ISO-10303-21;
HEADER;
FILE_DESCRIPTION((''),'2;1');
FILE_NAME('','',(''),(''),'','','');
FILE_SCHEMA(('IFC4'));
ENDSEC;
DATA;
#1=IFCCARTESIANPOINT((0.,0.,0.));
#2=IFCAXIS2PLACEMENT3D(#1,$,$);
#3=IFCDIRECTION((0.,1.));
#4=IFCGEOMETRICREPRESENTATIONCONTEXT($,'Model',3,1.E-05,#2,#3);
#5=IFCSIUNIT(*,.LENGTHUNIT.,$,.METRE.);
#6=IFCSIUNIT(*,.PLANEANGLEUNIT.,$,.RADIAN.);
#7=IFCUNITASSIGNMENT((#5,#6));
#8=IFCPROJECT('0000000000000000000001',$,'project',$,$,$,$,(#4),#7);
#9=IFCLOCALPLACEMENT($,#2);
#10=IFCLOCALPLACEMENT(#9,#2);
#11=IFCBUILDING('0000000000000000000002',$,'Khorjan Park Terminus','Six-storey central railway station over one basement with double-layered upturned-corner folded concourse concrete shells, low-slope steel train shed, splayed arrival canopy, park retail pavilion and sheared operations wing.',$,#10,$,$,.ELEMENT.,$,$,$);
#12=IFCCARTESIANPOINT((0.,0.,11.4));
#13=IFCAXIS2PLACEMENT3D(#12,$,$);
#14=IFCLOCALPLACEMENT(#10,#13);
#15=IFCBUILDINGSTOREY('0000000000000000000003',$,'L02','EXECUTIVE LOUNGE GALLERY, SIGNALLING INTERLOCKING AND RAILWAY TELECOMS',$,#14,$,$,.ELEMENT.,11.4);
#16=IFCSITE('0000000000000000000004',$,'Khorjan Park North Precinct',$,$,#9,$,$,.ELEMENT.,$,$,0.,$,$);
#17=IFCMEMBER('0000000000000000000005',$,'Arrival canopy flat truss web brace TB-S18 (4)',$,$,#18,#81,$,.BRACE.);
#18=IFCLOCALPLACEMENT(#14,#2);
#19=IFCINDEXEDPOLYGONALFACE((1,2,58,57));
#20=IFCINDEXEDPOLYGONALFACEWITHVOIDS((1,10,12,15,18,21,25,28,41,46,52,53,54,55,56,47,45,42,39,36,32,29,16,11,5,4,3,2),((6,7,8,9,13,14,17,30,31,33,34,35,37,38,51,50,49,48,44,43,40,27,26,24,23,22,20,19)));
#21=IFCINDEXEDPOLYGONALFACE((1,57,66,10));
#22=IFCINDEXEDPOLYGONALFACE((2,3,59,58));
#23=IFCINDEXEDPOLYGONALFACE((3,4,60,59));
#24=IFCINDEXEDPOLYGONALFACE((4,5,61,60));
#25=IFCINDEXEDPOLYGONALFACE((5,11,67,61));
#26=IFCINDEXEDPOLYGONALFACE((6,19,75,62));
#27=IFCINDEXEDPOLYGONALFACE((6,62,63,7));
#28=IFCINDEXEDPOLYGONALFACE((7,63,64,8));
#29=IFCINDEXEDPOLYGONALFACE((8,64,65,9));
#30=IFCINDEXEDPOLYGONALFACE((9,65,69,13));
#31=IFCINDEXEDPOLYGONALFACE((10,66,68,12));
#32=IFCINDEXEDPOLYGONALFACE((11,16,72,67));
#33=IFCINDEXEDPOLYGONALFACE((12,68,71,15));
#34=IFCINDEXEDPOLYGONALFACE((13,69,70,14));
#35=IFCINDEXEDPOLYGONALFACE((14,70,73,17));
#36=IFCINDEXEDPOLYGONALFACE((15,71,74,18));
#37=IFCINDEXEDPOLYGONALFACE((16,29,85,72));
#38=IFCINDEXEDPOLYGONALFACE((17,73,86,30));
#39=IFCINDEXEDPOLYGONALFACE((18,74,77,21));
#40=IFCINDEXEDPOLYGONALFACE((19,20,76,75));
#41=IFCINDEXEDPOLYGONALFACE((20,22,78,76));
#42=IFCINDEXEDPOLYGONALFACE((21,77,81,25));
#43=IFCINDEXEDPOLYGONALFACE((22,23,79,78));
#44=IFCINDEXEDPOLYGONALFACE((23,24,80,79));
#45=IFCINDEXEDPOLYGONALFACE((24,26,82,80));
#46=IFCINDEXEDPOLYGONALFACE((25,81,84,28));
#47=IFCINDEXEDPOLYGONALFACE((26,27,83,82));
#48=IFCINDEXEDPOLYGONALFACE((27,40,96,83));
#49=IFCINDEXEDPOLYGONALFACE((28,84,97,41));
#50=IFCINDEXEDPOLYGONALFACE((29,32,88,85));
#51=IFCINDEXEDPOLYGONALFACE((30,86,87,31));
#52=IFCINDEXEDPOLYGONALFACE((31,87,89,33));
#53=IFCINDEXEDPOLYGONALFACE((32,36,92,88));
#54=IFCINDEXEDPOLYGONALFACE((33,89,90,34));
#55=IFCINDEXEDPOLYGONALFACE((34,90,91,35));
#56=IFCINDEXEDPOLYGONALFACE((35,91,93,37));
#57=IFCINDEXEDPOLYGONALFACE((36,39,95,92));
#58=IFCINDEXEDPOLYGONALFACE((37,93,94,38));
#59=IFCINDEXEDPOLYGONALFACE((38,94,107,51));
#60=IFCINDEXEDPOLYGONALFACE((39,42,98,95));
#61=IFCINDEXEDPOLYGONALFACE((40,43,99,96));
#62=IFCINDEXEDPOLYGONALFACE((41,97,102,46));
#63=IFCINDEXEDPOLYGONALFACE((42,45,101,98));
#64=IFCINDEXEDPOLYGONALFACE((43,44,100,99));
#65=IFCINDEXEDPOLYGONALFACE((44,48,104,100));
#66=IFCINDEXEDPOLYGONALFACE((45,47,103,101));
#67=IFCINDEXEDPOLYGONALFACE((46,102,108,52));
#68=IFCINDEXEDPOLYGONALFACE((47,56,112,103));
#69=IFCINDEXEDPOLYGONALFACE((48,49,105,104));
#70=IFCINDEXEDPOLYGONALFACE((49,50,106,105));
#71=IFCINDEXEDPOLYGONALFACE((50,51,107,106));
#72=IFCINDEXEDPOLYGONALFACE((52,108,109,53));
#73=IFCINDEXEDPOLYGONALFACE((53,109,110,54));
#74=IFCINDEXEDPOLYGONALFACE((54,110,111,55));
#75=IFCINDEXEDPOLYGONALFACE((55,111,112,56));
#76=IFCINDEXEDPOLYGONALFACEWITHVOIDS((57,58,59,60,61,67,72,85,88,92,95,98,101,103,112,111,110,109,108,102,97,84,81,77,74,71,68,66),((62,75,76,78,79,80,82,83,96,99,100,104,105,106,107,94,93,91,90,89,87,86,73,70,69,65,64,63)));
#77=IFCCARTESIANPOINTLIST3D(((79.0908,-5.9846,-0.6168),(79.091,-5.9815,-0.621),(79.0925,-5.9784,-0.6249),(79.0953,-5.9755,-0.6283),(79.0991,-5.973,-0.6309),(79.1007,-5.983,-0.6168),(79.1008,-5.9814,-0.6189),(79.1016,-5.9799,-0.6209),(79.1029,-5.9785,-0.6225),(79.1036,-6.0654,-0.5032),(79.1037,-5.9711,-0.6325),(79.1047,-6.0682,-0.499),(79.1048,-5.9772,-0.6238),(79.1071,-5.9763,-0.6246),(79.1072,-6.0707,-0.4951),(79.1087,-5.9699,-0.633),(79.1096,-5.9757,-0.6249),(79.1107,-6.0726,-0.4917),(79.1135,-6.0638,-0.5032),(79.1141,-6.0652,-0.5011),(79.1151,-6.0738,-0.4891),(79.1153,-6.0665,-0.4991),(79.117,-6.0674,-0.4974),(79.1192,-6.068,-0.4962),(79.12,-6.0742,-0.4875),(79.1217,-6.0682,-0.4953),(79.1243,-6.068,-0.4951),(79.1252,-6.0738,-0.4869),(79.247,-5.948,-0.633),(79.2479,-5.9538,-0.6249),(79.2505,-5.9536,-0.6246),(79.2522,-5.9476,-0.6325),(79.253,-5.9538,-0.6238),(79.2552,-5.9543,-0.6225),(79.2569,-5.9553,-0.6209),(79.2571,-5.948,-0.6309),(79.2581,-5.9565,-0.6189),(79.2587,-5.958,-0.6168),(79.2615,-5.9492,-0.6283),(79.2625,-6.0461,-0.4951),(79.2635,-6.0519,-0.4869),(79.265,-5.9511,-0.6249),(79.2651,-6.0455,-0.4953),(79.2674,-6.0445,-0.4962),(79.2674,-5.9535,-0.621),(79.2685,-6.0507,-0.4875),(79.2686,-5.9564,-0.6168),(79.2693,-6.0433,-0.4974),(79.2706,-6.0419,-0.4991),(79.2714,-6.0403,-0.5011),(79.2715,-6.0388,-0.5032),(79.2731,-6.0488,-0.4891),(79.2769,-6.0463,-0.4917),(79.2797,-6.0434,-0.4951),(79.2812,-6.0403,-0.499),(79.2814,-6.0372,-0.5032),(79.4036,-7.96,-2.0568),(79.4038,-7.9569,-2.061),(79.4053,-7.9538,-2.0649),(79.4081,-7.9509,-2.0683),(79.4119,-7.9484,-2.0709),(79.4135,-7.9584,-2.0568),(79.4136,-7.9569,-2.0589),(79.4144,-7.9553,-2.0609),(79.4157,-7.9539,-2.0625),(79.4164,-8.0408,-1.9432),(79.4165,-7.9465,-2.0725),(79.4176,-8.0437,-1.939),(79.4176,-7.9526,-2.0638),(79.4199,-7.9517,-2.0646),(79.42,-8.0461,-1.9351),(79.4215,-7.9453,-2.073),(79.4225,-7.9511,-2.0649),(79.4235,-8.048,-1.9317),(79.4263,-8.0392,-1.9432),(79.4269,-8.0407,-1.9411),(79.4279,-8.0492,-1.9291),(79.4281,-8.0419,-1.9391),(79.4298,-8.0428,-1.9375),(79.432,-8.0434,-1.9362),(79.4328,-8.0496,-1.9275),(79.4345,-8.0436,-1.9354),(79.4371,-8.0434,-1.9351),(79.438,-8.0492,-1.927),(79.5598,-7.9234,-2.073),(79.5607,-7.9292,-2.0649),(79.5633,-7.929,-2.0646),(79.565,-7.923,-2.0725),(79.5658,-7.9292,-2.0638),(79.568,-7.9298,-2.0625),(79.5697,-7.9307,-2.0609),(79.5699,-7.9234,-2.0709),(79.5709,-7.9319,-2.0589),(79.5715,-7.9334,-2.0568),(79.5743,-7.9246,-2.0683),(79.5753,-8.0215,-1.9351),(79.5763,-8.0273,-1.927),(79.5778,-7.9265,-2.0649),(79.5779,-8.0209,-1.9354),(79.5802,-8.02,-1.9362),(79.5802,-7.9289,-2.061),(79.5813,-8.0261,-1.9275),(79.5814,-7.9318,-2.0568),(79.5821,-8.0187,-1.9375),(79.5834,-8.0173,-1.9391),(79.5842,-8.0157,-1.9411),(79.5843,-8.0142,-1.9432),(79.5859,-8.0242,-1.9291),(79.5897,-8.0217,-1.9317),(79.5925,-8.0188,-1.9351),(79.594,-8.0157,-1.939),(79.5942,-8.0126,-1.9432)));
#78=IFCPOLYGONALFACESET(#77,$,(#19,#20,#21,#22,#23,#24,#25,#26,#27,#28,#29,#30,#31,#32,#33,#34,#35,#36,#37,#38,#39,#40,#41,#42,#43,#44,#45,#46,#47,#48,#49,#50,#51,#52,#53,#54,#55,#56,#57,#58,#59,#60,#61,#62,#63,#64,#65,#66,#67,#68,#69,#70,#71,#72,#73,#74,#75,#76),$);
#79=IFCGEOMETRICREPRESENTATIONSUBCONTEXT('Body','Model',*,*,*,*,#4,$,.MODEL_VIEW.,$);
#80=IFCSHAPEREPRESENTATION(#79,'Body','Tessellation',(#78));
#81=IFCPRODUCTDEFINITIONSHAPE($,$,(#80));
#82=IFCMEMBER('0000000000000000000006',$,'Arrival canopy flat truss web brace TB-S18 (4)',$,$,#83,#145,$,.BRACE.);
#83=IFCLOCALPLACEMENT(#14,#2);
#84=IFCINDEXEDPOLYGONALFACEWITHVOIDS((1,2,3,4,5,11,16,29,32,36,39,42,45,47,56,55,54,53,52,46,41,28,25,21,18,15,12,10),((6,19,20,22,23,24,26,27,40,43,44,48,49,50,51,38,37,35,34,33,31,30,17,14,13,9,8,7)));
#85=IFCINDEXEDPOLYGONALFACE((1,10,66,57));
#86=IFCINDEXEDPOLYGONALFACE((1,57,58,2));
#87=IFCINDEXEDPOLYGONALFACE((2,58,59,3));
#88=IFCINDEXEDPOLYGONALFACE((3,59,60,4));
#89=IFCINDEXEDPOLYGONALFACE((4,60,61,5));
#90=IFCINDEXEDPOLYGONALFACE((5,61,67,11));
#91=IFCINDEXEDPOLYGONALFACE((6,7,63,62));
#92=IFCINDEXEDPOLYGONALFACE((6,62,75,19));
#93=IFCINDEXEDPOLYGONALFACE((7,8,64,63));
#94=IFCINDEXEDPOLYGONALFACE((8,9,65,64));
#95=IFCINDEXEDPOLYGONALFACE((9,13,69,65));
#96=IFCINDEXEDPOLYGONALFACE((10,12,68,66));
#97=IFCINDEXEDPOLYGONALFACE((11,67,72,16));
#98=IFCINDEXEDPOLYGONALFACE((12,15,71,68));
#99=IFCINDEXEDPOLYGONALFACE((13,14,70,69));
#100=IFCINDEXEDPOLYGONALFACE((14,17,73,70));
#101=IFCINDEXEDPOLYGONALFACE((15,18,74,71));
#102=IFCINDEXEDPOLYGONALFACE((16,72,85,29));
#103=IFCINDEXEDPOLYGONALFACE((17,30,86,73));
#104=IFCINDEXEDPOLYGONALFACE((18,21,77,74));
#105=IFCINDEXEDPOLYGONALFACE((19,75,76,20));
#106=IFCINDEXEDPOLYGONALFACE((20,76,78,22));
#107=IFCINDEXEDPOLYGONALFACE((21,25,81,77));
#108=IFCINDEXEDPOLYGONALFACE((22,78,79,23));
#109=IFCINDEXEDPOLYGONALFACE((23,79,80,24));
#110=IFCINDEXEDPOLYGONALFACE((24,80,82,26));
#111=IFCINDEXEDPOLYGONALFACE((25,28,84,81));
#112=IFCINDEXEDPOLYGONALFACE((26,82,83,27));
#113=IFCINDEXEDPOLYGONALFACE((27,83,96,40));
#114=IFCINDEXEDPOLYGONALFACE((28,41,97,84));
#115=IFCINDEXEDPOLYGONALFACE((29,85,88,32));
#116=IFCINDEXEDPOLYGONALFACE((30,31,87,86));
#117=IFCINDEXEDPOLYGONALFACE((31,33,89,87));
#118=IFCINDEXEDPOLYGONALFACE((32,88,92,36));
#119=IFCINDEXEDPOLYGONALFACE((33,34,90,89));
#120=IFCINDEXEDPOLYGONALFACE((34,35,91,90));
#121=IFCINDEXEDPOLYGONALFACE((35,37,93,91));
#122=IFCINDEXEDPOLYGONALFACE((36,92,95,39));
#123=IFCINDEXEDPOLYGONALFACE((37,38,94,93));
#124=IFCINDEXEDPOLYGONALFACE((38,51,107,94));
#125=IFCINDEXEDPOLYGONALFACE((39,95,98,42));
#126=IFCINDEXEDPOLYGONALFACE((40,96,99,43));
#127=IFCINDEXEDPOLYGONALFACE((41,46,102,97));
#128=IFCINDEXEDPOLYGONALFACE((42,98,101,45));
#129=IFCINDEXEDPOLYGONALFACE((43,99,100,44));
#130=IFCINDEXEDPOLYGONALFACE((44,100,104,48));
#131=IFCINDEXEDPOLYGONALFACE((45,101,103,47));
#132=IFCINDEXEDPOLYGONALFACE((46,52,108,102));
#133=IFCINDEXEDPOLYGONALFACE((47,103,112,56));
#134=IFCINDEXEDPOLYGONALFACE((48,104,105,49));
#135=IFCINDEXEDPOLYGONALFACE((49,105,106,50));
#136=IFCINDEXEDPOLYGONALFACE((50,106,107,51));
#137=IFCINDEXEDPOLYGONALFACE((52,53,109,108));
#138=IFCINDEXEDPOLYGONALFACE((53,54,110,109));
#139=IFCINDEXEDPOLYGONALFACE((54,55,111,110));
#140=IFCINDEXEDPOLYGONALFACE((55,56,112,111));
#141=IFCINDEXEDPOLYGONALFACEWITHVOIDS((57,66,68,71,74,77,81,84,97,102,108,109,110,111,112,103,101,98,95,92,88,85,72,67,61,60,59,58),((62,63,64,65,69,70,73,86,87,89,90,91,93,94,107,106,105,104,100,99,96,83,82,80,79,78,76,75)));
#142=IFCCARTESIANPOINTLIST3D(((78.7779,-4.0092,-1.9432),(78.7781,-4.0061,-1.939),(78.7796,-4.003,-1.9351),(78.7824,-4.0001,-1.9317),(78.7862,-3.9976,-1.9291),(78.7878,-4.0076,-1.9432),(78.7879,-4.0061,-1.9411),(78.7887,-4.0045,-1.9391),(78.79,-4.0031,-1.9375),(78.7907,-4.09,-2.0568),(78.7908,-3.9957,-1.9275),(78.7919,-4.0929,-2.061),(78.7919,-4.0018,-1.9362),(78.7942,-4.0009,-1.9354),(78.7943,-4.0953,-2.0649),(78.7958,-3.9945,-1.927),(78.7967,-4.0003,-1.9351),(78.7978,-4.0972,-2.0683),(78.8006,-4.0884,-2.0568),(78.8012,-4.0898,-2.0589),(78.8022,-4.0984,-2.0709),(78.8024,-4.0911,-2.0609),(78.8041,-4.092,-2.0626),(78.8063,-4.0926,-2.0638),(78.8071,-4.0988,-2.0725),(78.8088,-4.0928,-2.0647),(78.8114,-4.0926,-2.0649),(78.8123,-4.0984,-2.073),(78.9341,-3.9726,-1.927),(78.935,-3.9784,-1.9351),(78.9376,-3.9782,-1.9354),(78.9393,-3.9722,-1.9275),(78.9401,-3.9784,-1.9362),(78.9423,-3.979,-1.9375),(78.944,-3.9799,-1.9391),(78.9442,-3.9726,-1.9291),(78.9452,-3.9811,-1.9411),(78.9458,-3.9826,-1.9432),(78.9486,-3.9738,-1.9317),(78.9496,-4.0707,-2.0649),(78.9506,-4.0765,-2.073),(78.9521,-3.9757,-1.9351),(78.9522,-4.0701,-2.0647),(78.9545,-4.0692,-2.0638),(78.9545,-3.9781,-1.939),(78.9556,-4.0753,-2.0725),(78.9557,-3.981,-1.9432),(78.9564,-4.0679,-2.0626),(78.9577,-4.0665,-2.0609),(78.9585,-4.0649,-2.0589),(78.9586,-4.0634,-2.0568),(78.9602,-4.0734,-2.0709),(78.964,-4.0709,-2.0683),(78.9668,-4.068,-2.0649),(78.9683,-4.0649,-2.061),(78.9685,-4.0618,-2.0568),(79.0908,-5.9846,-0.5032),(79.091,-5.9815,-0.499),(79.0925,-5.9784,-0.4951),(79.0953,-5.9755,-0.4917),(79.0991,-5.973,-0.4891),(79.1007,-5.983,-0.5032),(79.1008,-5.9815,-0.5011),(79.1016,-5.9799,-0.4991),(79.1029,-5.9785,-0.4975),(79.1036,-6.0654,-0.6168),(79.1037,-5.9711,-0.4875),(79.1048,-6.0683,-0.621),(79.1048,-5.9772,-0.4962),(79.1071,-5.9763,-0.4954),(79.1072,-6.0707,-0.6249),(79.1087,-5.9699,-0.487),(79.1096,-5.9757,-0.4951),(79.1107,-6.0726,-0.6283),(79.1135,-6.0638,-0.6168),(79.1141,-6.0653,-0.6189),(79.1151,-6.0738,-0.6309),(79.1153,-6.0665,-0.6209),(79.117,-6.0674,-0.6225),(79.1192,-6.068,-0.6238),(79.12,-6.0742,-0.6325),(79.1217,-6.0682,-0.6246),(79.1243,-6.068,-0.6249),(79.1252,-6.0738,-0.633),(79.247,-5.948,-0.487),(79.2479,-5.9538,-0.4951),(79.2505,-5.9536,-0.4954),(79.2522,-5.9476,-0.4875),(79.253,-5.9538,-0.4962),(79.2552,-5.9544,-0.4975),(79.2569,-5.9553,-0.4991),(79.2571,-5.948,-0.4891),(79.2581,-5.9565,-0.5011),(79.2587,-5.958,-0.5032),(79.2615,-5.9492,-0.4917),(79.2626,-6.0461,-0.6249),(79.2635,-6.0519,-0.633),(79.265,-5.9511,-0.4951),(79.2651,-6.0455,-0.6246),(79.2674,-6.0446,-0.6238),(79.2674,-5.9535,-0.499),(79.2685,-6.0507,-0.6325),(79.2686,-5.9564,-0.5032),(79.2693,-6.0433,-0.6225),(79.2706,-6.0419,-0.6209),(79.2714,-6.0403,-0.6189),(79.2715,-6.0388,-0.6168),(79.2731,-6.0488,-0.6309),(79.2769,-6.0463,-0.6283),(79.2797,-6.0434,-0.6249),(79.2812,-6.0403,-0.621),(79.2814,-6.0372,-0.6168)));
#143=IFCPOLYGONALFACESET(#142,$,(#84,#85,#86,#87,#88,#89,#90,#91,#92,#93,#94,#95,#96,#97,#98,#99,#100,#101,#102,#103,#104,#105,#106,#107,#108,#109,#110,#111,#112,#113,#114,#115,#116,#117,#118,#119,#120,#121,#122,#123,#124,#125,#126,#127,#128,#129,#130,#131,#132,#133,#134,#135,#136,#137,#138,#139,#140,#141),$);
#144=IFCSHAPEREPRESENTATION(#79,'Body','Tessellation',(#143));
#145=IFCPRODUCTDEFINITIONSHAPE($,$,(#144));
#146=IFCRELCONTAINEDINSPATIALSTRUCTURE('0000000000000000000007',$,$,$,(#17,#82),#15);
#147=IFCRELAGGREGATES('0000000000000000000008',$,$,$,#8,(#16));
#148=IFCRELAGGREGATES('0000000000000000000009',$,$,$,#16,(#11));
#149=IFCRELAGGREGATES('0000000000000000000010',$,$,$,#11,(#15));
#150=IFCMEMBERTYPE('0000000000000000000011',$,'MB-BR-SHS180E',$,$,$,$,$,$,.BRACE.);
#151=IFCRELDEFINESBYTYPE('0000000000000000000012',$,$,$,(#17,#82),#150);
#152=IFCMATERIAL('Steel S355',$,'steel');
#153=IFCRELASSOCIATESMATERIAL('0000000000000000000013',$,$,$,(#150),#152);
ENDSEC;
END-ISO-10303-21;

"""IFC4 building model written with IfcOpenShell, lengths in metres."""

from ifc_helpers import new_model, si_unit, direction, frame, origin, origin_2d, place, context, subcontext, project, spatial, hollow_rectangle, extrude, material, material_profile, profile_set, type_object, element, save


model = new_model("IFC4")

# Units and contexts
model_context = context("Model", 3, precision=1e-05, world=origin(), true_north=direction((0.0, 1.0)))
body_context = subcontext(model_context, "Body", "Model", "MODEL_VIEW")
ifc_project = project(units=[si_unit("LENGTHUNIT", "METRE"), si_unit("PLANEANGLEUNIT", "RADIAN")], contexts=[model_context])

# Site, building, storey
site_placement = place(None, origin())
site = spatial("IfcSite", under=ifc_project, at=site_placement, Name="Khorjan Park North Precinct", CompositionType="ELEMENT", RefElevation=0.0)
building_placement = place(site_placement, origin())
building = spatial("IfcBuilding", under=site, at=building_placement, Name="Khorjan Park Terminus", Description="Six-storey central railway station over one basement with double-layered upturned-corner folded concourse concrete shells, low-slope steel train shed, splayed arrival canopy, park retail pavilion and sheared operations wing.", CompositionType="ELEMENT")
storey_placement = place(building_placement, frame((0.0, 0.0, 11.4)))
storey = spatial("IfcBuildingStorey", under=building, at=storey_placement, Name="L02", Description="EXECUTIVE LOUNGE GALLERY, SIGNALLING INTERLOCKING AND RAILWAY TELECOMS", CompositionType="ELEMENT", Elevation=11.4)

# Members
ifc_material = material(Name="Steel S355", Category="steel")
ifc_material_profile_1 = material_profile(ifc_material, hollow_rectangle(XDim=0.18, YDim=0.18, WallThickness=0.01, InnerFilletRadius=0.01, OuterFilletRadius=0.02, at=origin_2d()), Name="SHS 180x180x10")
ifc_profile_set_1 = profile_set([ifc_material_profile_1], Name="Steel S355")
member_type_1 = type_object("IfcMemberType", Name="MB-BR-SHS180E", PredefinedType="BRACE", material=ifc_profile_set_1)
for number, where, z_axis, x_axis, name in (
    (1, (79.4989, -7.9863, -2.0), (-0.126923, 0.801549, 0.584302), (-0.987694, -0.156399, 0.0), "Arrival canopy flat truss web brace TB-S18 (4)"),
    (2, (79.1861, -6.0109, -0.56), (-0.126963, 0.801545, -0.584299), (-0.987686, -0.156448, 0.0), "Arrival canopy flat truss web brace TB-S18 (4)"),
):
    element("IfcMember", number, at=place(storey_placement, frame(where, z_axis=z_axis, x_axis=x_axis)), inside=storey, type_object=member_type_1, Name=name, PredefinedType="BRACE", context=body_context, shape_type="SweptSolid", body=[
        extrude(hollow_rectangle(XDim=0.18, YDim=0.18, WallThickness=0.01, InnerFilletRadius=0.01, OuterFilletRadius=0.02, at=origin_2d()), origin(), (0.0, 0.0, 1.0), 2.4645),
    ])

save(model, "model.ifc")
